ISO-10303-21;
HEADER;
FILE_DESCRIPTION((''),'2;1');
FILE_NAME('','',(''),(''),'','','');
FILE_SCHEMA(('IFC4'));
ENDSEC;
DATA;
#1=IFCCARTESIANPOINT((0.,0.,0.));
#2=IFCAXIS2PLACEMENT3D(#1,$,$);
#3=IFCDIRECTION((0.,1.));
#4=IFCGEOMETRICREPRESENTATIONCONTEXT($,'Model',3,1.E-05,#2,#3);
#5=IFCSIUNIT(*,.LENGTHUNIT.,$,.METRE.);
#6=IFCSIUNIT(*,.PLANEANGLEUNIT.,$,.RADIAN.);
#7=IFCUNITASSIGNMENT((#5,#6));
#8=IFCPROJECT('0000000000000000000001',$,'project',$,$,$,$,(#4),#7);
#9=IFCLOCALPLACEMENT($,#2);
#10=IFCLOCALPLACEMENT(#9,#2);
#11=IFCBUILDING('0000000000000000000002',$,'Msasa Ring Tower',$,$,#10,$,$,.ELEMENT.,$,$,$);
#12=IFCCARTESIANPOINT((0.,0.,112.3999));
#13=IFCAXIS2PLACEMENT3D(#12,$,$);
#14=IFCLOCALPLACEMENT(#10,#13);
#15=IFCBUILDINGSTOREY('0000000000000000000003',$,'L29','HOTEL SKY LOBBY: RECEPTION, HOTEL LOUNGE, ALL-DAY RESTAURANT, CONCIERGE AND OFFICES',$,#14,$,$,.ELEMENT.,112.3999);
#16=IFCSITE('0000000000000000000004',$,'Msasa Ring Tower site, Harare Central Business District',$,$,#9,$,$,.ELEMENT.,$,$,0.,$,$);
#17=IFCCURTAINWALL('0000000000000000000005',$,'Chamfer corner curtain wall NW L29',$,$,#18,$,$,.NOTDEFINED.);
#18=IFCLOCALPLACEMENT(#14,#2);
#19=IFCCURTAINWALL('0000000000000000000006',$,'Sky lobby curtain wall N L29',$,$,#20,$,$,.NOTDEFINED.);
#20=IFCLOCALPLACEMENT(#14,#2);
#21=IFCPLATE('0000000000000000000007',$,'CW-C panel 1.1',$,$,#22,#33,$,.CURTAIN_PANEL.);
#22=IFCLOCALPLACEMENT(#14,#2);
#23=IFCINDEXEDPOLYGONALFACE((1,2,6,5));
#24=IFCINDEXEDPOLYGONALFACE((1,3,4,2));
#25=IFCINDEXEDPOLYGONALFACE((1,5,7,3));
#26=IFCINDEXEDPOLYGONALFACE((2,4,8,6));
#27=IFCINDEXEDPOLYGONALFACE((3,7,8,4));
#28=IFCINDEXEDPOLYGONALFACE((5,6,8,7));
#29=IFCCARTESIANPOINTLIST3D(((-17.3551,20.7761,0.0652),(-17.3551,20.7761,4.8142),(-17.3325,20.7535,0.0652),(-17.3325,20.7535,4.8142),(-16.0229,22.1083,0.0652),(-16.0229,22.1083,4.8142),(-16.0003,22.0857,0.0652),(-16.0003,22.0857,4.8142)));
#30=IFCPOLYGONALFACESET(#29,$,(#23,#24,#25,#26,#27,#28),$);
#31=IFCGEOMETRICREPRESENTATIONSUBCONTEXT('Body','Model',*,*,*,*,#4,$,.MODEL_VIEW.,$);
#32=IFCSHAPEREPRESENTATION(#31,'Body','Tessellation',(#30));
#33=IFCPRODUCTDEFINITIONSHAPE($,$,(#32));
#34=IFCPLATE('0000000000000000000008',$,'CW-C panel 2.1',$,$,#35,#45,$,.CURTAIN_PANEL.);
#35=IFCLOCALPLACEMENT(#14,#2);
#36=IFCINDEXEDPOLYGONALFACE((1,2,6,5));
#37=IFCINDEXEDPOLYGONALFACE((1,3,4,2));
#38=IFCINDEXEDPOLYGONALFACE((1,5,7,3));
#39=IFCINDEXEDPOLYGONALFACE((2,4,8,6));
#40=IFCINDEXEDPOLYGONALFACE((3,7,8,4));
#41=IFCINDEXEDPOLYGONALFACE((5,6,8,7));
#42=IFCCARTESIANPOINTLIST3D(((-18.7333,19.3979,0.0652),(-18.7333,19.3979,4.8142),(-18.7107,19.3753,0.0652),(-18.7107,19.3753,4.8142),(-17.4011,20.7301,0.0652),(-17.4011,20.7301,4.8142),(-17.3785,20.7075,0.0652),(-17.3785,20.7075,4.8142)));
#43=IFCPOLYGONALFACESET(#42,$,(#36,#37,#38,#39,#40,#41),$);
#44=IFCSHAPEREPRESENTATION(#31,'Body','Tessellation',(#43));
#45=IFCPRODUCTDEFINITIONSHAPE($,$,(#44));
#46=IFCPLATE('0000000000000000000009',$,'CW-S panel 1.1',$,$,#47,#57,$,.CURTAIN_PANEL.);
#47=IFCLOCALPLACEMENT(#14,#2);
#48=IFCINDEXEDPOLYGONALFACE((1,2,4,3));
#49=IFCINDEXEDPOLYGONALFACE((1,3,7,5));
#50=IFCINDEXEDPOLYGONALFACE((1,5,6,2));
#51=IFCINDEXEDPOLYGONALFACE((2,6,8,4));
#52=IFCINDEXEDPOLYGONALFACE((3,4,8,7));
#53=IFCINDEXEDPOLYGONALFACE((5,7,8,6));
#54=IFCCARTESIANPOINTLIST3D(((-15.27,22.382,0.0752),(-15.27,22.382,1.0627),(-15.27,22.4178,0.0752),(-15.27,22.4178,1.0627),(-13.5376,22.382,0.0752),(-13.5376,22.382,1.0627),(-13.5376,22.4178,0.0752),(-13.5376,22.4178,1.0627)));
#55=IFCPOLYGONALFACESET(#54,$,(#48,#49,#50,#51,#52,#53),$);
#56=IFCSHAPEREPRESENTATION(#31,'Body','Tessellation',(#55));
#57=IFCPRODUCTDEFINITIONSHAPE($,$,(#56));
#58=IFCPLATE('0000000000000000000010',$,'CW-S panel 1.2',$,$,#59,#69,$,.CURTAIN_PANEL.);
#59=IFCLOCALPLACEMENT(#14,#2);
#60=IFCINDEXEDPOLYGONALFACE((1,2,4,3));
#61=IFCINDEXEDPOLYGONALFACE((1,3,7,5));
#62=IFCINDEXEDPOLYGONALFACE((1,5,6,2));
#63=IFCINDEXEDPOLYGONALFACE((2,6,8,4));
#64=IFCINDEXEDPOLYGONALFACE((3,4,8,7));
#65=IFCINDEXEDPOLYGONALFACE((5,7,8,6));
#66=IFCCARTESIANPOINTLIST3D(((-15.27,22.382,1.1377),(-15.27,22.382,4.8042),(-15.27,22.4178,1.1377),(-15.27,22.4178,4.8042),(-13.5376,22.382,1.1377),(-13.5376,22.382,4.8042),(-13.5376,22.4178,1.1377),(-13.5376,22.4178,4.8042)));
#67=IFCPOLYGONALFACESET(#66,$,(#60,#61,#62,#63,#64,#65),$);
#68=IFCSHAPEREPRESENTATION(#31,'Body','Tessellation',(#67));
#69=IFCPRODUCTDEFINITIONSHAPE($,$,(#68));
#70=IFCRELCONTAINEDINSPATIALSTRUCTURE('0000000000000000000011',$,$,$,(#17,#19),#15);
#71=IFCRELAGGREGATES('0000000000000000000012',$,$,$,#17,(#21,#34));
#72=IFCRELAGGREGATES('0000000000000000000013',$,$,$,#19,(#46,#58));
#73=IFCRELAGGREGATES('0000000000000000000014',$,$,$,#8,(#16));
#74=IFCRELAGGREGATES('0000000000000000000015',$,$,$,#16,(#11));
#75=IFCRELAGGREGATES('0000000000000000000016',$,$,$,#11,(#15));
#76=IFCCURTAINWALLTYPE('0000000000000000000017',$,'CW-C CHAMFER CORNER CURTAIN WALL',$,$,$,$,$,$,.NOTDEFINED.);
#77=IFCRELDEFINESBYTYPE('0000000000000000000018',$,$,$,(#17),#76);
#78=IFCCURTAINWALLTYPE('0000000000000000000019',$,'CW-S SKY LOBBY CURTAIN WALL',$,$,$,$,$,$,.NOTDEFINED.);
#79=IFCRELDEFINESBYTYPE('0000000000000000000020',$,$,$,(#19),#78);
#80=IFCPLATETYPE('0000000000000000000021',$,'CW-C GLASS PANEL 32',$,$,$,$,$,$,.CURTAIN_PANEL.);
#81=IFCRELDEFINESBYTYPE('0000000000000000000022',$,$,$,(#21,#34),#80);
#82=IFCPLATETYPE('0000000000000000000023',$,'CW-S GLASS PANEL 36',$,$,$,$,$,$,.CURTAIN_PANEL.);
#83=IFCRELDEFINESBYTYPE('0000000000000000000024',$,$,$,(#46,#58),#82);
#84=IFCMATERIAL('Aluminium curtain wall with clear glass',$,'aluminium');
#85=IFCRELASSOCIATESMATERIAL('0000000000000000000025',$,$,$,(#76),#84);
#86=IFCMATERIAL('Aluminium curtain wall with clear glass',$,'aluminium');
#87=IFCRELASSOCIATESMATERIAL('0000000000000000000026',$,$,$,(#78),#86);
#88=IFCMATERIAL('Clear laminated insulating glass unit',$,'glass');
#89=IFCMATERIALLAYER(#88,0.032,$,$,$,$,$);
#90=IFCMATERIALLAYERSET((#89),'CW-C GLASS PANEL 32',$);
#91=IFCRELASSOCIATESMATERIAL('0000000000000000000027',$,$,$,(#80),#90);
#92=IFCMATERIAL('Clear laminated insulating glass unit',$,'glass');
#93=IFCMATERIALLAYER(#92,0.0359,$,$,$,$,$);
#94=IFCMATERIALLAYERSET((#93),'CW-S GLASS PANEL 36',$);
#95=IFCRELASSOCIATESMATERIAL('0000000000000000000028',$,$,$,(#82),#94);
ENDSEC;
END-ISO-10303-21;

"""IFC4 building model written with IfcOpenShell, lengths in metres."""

from ifc_helpers import new_model, si_unit, direction, frame, origin, origin_2d, place, context, subcontext, project, spatial, rectangle, extrude, material, layer, layer_set, type_object, element, aggregate, save


model = new_model("IFC4")

# Units and contexts
model_context = context("Model", 3, precision=1e-05, world=origin(), true_north=direction((0.0, 1.0)))
body_context = subcontext(model_context, "Body", "Model", "MODEL_VIEW")
ifc_project = project(units=[si_unit("LENGTHUNIT", "METRE"), si_unit("PLANEANGLEUNIT", "RADIAN")], contexts=[model_context])

# Site, building, storey
site_placement = place(None, origin())
site = spatial("IfcSite", under=ifc_project, at=site_placement, Name="Msasa Ring Tower site, Harare Central Business District", CompositionType="ELEMENT", RefElevation=0.0)
building_placement = place(site_placement, origin())
building = spatial("IfcBuilding", under=site, at=building_placement, Name="Msasa Ring Tower", CompositionType="ELEMENT")
storey_placement = place(building_placement, frame((0.0, 0.0, 112.3999)))
storey = spatial("IfcBuildingStorey", under=building, at=storey_placement, Name="L29", Description="HOTEL SKY LOBBY: RECEPTION, HOTEL LOUNGE, ALL-DAY RESTAURANT, CONCIERGE AND OFFICES", CompositionType="ELEMENT", Elevation=112.3999)

# Shared definitions
ifc_material_1 = material(Name="Aluminium curtain wall with clear glass", Category="aluminium")
curtain_wall_type_1 = type_object("IfcCurtainWallType", Name="CW-C CHAMFER CORNER CURTAIN WALL", PredefinedType="NOTDEFINED", material=ifc_material_1)

# Curtain wall
curtain_wall_1_placement = place(storey_placement, origin())
curtain_wall_1 = element("IfcCurtainWall", 1, at=curtain_wall_1_placement, inside=storey, type_object=curtain_wall_type_1, Name="Chamfer corner curtain wall NW L29", PredefinedType="NOTDEFINED")

# Curtain wall
ifc_material_2 = material(Name="Aluminium curtain wall with clear glass", Category="aluminium")
curtain_wall_type_2 = type_object("IfcCurtainWallType", Name="CW-S SKY LOBBY CURTAIN WALL", PredefinedType="NOTDEFINED", material=ifc_material_2)
curtain_wall_2_placement = place(storey_placement, origin())
curtain_wall_2 = element("IfcCurtainWall", 2, at=curtain_wall_2_placement, inside=storey, type_object=curtain_wall_type_2, Name="Sky lobby curtain wall N L29", PredefinedType="NOTDEFINED")

# Plates
ifc_material_3 = material(Name="Clear laminated insulating glass unit", Category="glass")
ifc_layer_1 = layer(ifc_material_3, 0.032)
ifc_layer_set_1 = layer_set([ifc_layer_1], Name="CW-C GLASS PANEL 32")
plate_type_1 = type_object("IfcPlateType", Name="CW-C GLASS PANEL 32", PredefinedType="CURTAIN_PANEL", material=ifc_layer_set_1)
plate_1_placement = place(storey_placement, frame((-16.6777, 21.4309, 0.0652), z_axis=(0.0, 0.0, 1.0), x_axis=(-0.707107, -0.707107, 0.0)))
plate_1 = element("IfcPlate", 3, at=plate_1_placement, type_object=plate_type_1, Name="CW-C panel 1.1", PredefinedType="CURTAIN_PANEL", context=body_context, shape_type="SweptSolid", body=[
    extrude(rectangle(XDim=1.884, YDim=0.032, at=origin_2d()), origin(), (0.0, 0.0, 1.0), 4.749),
])
plate_2_placement = place(storey_placement, frame((-18.0559, 20.0527, 0.0652), z_axis=(0.0, 0.0, 1.0), x_axis=(-0.707107, -0.707107, 0.0)))
plate_2 = element("IfcPlate", 4, at=plate_2_placement, type_object=plate_type_1, Name="CW-C panel 2.1", PredefinedType="CURTAIN_PANEL", context=body_context, shape_type="SweptSolid", body=[
    extrude(rectangle(XDim=1.884, YDim=0.032, at=origin_2d()), origin(), (0.0, 0.0, 1.0), 4.749),
])
aggregate(curtain_wall_1, [plate_1, plate_2])
ifc_material_4 = material(Name="Clear laminated insulating glass unit", Category="glass")
ifc_layer_2 = layer(ifc_material_4, 0.0359)
ifc_layer_set_2 = layer_set([ifc_layer_2], Name="CW-S GLASS PANEL 36")
plate_type_2 = type_object("IfcPlateType", Name="CW-S GLASS PANEL 36", PredefinedType="CURTAIN_PANEL", material=ifc_layer_set_2)
plate_3_placement = place(storey_placement, frame((-14.4038, 22.3999, 0.0752), z_axis=(0.0, 0.0, 1.0), x_axis=(1.0, 0.0, 0.0)))
plate_3 = element("IfcPlate", 5, at=plate_3_placement, type_object=plate_type_2, Name="CW-S panel 1.1", PredefinedType="CURTAIN_PANEL", context=body_context, shape_type="SweptSolid", body=[
    extrude(rectangle(XDim=1.7324, YDim=0.0359, at=origin_2d()), origin(), (0.0, 0.0, 1.0), 0.9875),
])
plate_4_placement = place(storey_placement, frame((-14.4038, 22.3999, 1.1377), z_axis=(0.0, 0.0, 1.0), x_axis=(1.0, 0.0, 0.0)))
plate_4 = element("IfcPlate", 6, at=plate_4_placement, type_object=plate_type_2, Name="CW-S panel 1.2", PredefinedType="CURTAIN_PANEL", context=body_context, shape_type="SweptSolid", body=[
    extrude(rectangle(XDim=1.7324, YDim=0.0359, at=origin_2d()), origin(), (0.0, 0.0, 1.0), 3.6665),
])
aggregate(curtain_wall_2, [plate_3, plate_4])

save(model, "model.ifc")
